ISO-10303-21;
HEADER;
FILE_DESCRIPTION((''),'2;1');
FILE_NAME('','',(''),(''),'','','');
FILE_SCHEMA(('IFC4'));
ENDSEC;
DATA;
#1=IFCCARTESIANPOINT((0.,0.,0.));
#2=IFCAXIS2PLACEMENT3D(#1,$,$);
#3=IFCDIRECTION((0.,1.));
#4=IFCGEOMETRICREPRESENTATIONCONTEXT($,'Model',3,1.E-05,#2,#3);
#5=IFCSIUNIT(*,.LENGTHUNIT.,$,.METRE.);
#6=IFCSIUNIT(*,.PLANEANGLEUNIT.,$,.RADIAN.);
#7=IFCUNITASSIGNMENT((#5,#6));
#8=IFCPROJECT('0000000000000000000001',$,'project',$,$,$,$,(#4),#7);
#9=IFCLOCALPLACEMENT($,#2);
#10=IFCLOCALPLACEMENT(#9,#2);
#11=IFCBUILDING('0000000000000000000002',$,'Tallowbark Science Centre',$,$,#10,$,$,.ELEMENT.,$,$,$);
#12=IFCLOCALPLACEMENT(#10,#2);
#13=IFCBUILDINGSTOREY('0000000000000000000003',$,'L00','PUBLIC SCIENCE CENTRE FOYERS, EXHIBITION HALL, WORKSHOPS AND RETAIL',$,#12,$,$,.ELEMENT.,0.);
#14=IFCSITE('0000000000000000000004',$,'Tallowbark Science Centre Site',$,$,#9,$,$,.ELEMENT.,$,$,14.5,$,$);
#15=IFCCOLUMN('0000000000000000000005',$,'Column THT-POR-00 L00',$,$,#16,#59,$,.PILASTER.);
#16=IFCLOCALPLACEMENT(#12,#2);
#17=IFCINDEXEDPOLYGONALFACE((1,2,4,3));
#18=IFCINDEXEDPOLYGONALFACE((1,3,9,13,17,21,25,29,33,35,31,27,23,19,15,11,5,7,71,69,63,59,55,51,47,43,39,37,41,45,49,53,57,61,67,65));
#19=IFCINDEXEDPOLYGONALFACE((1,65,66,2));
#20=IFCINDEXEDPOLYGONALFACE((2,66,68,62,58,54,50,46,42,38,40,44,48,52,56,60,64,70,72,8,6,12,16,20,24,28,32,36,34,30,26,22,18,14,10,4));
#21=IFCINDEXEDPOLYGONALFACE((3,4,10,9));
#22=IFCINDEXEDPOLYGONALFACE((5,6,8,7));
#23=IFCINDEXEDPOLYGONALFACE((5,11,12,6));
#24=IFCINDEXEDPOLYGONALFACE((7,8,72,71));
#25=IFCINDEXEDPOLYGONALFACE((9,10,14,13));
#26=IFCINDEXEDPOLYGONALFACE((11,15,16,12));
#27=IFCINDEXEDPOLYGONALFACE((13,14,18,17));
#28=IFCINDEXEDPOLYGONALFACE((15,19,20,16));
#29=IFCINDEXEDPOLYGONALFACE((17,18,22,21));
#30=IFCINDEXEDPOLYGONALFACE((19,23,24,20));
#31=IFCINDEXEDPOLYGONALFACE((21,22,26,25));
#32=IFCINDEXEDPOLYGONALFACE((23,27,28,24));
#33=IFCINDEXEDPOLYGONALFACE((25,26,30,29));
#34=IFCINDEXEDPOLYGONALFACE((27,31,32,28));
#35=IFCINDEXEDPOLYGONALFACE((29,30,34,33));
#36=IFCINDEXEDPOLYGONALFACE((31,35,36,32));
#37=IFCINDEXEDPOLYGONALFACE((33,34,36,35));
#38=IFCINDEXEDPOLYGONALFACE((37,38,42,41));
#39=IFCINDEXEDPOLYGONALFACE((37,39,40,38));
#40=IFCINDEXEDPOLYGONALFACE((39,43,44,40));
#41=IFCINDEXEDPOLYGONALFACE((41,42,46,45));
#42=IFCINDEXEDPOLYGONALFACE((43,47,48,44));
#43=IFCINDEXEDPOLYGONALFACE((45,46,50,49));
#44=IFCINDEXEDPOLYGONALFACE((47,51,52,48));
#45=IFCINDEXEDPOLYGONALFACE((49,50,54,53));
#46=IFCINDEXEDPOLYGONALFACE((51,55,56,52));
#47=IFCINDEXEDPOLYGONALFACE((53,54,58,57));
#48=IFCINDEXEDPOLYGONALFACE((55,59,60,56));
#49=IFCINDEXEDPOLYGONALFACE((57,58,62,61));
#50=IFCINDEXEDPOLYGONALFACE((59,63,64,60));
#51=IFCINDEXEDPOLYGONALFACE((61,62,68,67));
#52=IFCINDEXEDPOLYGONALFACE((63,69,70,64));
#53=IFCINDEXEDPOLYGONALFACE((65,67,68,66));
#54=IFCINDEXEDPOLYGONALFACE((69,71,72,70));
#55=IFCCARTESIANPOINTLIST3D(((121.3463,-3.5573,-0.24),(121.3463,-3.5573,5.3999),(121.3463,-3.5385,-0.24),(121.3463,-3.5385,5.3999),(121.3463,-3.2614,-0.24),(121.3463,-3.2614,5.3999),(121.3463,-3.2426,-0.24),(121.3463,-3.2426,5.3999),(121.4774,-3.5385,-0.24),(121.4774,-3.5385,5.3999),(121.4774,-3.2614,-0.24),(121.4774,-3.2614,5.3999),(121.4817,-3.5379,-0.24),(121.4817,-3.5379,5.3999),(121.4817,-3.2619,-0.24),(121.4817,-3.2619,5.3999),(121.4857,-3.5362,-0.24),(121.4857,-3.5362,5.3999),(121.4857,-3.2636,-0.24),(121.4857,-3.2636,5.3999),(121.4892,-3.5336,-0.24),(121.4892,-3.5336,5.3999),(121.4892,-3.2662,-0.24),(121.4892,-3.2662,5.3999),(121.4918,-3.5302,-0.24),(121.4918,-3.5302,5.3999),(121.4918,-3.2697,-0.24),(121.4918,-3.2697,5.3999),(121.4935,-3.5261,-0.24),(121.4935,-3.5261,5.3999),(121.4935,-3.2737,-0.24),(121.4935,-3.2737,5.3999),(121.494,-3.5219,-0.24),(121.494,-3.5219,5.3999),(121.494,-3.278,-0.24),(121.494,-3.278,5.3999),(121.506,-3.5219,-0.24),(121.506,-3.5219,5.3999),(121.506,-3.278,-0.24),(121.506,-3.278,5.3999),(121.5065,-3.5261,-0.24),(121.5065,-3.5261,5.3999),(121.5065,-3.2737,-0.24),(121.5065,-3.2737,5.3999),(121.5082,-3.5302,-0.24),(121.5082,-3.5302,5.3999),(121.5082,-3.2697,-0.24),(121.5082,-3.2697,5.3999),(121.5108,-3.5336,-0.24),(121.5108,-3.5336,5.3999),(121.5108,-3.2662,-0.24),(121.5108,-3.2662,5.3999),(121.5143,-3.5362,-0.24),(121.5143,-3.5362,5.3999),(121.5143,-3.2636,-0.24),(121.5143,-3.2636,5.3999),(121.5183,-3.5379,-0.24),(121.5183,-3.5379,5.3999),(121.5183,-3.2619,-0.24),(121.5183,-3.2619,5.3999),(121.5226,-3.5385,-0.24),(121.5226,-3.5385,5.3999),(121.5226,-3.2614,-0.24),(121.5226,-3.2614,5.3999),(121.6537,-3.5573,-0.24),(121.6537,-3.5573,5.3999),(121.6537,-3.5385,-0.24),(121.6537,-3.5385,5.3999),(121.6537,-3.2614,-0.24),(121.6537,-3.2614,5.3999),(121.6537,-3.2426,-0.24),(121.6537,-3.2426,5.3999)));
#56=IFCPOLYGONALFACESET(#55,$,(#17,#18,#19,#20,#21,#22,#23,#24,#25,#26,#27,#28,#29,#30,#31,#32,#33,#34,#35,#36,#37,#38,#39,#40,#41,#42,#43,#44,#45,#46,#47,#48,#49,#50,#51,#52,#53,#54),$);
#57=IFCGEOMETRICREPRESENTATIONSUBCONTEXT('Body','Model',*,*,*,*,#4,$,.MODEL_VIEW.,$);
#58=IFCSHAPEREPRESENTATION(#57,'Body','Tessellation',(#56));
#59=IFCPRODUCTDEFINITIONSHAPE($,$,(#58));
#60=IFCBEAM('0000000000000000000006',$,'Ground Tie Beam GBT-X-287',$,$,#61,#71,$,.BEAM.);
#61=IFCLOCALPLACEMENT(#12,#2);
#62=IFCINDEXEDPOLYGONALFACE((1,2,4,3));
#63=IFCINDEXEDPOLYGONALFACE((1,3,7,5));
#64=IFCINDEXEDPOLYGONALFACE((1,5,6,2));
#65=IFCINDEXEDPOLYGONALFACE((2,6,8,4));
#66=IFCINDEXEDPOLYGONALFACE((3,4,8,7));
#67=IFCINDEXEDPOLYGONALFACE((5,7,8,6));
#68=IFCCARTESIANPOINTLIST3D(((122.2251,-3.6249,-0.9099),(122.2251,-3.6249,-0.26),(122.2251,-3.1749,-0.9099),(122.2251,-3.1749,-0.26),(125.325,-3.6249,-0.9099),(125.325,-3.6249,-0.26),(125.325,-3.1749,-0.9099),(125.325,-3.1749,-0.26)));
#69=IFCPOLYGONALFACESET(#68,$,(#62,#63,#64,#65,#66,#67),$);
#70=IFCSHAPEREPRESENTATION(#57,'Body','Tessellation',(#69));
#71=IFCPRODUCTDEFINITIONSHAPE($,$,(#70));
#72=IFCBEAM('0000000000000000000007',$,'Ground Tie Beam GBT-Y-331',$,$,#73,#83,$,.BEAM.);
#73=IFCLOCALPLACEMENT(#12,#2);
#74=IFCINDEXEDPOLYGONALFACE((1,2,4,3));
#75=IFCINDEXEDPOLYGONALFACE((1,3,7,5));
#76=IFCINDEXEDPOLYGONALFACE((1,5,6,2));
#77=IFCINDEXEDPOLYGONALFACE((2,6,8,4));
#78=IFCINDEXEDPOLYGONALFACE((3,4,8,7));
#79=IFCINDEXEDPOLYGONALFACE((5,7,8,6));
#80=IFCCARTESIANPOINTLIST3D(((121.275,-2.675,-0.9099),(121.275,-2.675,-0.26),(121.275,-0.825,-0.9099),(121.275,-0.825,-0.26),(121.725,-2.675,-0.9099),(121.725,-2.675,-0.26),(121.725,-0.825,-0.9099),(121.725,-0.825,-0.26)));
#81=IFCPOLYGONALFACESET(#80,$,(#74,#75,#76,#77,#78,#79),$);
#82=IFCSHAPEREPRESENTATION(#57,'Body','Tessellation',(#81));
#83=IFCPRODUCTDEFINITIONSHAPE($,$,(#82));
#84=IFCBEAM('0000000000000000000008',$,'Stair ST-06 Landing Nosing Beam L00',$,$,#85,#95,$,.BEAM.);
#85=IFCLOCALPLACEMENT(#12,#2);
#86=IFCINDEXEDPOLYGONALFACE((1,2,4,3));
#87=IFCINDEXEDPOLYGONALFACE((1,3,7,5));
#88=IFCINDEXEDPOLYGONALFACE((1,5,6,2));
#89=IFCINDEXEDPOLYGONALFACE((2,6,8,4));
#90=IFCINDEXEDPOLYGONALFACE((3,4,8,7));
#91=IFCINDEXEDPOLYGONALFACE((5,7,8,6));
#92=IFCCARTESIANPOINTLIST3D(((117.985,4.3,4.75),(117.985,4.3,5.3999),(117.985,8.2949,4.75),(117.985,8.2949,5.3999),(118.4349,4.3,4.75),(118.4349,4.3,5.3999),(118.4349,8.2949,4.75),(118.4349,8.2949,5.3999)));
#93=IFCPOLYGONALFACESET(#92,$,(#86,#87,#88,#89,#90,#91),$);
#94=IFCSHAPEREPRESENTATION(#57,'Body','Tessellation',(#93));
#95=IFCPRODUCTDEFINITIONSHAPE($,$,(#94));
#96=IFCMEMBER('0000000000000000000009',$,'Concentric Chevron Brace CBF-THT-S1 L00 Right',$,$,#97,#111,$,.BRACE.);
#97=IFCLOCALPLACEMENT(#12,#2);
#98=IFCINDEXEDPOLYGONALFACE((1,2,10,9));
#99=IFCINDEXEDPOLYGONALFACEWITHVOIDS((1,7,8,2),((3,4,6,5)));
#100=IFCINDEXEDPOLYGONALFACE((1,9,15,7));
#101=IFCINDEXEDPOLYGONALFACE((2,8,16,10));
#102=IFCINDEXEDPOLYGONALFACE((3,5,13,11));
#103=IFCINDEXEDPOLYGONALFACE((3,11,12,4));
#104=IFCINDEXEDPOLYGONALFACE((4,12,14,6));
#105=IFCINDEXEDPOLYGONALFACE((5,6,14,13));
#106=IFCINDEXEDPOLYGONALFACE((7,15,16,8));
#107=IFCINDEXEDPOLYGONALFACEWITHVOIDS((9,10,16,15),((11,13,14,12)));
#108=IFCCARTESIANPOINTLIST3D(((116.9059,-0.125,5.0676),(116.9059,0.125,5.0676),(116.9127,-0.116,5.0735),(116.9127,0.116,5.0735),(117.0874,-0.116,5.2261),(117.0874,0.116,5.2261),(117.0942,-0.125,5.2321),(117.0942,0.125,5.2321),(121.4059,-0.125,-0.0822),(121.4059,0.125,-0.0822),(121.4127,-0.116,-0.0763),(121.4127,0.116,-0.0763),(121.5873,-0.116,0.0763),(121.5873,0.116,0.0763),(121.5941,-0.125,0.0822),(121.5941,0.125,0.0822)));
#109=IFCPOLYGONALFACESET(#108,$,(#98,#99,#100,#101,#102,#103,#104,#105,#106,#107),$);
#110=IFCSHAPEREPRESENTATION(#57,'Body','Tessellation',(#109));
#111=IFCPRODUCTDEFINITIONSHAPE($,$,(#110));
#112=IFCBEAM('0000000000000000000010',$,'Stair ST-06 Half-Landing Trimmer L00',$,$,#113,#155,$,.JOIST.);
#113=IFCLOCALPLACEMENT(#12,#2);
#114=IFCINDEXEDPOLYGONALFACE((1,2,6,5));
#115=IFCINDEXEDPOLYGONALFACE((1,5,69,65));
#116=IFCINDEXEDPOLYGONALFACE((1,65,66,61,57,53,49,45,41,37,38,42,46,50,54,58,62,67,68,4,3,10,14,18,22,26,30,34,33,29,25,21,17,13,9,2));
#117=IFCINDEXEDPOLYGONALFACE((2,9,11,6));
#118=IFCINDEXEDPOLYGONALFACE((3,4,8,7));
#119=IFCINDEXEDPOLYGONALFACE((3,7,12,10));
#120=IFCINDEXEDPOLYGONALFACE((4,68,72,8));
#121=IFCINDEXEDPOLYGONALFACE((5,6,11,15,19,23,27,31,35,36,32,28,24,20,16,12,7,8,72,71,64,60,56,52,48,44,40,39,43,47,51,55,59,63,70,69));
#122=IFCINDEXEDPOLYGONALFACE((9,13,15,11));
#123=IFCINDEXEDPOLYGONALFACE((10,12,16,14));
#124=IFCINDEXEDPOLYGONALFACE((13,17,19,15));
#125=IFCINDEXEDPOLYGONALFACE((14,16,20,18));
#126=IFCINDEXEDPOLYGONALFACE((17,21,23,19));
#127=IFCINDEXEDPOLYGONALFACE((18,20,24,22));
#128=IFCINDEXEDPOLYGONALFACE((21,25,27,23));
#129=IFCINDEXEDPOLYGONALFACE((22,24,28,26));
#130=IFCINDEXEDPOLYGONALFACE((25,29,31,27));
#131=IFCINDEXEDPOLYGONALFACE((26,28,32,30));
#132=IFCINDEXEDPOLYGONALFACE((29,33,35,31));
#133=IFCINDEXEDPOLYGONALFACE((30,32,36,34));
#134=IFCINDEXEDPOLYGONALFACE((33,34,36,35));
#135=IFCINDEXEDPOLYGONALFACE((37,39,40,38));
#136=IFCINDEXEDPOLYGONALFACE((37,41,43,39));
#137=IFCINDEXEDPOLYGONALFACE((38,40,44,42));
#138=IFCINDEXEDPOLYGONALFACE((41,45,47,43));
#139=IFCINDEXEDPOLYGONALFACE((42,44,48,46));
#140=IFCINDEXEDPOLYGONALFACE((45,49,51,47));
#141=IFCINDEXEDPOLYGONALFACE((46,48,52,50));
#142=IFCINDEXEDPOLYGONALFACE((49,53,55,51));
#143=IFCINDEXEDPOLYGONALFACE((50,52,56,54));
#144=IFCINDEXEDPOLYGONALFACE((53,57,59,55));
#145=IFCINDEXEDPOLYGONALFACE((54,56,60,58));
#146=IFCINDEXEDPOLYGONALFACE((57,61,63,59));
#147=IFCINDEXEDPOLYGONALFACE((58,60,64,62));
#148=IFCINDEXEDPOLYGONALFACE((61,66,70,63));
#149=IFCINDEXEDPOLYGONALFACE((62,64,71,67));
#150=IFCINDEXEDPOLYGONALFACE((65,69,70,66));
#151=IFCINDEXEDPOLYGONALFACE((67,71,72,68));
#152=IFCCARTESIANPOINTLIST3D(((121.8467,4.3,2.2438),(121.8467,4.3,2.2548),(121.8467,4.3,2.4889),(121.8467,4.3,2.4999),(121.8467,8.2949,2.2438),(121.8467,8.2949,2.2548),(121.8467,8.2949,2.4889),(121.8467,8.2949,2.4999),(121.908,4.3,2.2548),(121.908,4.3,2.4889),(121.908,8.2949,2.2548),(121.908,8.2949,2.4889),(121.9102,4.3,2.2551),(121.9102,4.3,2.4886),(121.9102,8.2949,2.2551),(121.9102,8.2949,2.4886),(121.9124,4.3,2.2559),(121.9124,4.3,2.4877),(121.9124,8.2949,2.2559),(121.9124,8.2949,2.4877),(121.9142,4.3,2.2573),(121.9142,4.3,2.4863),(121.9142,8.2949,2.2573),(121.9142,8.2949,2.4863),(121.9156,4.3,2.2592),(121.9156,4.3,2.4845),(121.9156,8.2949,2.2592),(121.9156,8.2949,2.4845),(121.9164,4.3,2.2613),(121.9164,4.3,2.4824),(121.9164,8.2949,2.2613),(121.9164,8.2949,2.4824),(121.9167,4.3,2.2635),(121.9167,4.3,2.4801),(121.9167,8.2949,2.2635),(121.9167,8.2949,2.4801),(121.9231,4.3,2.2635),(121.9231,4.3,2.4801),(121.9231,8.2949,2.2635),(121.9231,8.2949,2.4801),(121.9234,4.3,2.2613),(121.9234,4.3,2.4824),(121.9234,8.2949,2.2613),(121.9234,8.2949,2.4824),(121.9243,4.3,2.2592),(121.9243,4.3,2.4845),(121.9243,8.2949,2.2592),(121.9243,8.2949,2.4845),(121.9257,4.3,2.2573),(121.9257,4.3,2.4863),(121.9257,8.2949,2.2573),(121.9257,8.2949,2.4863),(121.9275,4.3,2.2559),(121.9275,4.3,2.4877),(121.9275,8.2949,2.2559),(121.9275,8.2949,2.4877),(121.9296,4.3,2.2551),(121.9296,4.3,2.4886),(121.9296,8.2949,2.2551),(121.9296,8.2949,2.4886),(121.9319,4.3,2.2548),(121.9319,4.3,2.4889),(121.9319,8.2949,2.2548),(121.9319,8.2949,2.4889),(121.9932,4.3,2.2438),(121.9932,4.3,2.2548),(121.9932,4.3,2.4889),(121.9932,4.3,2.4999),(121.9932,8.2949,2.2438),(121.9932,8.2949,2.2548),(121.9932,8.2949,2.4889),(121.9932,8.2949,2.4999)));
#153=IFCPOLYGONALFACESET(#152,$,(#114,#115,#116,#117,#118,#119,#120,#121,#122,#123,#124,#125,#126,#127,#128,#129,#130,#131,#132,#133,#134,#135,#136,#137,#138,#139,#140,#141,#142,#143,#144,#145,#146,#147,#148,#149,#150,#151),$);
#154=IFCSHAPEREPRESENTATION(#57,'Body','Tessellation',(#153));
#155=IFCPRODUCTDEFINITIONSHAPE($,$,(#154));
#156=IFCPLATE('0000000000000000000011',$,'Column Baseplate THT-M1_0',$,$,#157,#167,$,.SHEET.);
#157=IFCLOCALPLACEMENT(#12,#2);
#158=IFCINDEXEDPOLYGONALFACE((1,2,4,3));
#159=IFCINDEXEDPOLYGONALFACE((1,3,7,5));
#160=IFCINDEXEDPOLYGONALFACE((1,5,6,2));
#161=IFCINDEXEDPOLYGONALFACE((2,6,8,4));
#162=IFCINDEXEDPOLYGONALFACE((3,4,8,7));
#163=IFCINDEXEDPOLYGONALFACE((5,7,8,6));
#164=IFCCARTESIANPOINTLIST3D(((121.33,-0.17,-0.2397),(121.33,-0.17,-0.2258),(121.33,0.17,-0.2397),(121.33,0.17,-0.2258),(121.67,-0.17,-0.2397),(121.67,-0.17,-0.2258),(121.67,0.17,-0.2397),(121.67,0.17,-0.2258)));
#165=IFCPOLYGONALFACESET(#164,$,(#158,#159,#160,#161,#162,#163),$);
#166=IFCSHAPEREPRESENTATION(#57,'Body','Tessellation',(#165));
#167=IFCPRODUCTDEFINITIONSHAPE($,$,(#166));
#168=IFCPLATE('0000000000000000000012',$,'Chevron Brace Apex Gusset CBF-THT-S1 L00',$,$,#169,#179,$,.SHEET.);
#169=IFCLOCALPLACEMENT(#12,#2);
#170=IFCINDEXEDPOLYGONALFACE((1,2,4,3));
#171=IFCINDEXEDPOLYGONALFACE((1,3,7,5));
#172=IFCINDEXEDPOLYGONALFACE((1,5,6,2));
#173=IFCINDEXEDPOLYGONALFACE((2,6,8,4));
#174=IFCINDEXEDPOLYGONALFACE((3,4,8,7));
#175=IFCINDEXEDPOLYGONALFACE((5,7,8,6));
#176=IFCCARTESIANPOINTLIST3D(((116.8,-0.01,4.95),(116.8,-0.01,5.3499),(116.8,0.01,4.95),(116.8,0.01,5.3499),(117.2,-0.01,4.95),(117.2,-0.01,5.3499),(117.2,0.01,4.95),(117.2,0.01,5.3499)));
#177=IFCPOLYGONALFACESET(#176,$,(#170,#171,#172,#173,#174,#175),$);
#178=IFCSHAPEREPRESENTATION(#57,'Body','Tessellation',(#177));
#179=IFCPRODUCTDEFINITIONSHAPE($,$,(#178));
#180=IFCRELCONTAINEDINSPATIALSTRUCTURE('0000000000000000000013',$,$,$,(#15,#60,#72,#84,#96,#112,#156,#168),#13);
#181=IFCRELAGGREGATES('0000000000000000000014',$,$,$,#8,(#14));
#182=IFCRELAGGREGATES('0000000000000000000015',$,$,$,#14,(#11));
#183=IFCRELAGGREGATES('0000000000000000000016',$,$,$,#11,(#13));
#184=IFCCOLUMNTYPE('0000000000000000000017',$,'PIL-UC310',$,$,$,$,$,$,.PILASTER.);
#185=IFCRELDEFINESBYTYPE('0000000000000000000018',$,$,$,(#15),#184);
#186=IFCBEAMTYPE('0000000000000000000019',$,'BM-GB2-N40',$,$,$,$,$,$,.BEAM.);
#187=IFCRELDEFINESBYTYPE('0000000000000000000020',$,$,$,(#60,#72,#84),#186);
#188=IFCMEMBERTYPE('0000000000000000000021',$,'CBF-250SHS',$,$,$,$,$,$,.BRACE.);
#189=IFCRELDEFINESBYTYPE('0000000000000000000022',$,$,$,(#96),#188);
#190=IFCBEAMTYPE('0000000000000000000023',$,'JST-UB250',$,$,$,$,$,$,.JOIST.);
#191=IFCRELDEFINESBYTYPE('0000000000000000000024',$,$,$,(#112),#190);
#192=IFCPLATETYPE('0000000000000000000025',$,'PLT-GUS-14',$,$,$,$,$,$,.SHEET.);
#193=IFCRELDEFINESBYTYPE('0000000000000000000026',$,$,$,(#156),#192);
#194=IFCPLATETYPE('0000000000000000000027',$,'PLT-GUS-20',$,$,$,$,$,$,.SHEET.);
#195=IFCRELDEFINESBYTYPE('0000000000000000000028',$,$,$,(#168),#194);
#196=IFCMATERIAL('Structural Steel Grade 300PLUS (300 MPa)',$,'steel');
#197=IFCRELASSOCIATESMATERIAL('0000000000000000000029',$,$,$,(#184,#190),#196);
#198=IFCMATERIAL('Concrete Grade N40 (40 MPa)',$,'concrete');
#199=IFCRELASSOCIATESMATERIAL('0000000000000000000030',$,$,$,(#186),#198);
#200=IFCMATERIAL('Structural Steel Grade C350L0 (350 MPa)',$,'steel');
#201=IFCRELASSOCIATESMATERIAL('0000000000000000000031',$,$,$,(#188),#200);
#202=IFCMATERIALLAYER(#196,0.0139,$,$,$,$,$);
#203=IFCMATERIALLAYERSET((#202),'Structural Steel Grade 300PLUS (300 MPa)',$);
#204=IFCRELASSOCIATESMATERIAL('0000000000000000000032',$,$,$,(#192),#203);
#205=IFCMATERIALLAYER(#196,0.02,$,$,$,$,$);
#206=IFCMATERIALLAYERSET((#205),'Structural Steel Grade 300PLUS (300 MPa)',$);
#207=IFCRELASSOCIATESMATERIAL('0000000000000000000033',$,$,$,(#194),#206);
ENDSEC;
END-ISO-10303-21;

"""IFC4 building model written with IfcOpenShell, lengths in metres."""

from ifc_helpers import new_model, si_unit, direction, frame, origin, origin_2d, place, context, subcontext, project, spatial, rectangle, hollow_rectangle, i_section, extrude, material, layer, layer_set, material_profile, profile_set, type_object, element, save


model = new_model("IFC4")

# Units and contexts
model_context = context("Model", 3, precision=1e-05, world=origin(), true_north=direction((0.0, 1.0)))
body_context = subcontext(model_context, "Body", "Model", "MODEL_VIEW")
ifc_project = project(units=[si_unit("LENGTHUNIT", "METRE"), si_unit("PLANEANGLEUNIT", "RADIAN")], contexts=[model_context])

# Site, building, storey
site_placement = place(None, origin())
site = spatial("IfcSite", under=ifc_project, at=site_placement, Name="Tallowbark Science Centre Site", CompositionType="ELEMENT", RefElevation=14.5)
building_placement = place(site_placement, origin())
building = spatial("IfcBuilding", under=site, at=building_placement, Name="Tallowbark Science Centre", CompositionType="ELEMENT")
storey_placement = place(building_placement, origin())
storey = spatial("IfcBuildingStorey", under=building, at=storey_placement, Name="L00", Description="PUBLIC SCIENCE CENTRE FOYERS, EXHIBITION HALL, WORKSHOPS AND RETAIL", CompositionType="ELEMENT", Elevation=0.0)

# Shared definitions
ifc_material_1 = material(Name="Concrete Grade N40 (40 MPa)", Category="concrete")

# Column
ifc_material_2 = material(Name="Structural Steel Grade 300PLUS (300 MPa)", Category="steel")
ifc_material_profile_1 = material_profile(ifc_material_2, i_section(OverallWidth=0.3074, OverallDepth=0.3147, WebThickness=0.012, FlangeThickness=0.0188, FilletRadius=0.0166, at=origin_2d()), Name="310UC118")
ifc_profile_set_1 = profile_set([ifc_material_profile_1], Name="Structural Steel Grade 300PLUS (300 MPa)")
column_type_1 = type_object("IfcColumnType", Name="PIL-UC310", PredefinedType="PILASTER", material=ifc_profile_set_1)
column_1_placement = place(storey_placement, frame((121.5, -3.3999, -0.24), z_axis=(0.0, 0.0, 1.0), x_axis=(1.0, 0.0, 0.0)))
element("IfcColumn", 1, at=column_1_placement, inside=storey, type_object=column_type_1, Name="Column THT-POR-00 L00", PredefinedType="PILASTER", context=body_context, shape_type="SweptSolid", body=[
    extrude(i_section(OverallWidth=0.3074, OverallDepth=0.3147, WebThickness=0.012, FlangeThickness=0.0188, FilletRadius=0.0166, at=origin_2d()), origin(), (0.0, 0.0, 1.0), 5.6399),
])

# Beams
ifc_material_profile_2 = material_profile(ifc_material_1, rectangle(XDim=0.45, YDim=0.6499, at=origin_2d()), Name="RC450x650")
ifc_profile_set_2 = profile_set([ifc_material_profile_2], Name="Concrete Grade N40 (40 MPa)")
beam_type_1 = type_object("IfcBeamType", Name="BM-GB2-N40", PredefinedType="BEAM", material=ifc_profile_set_2)
beam_1_placement = place(storey_placement, frame((122.2251, -3.3999, -0.585), z_axis=(1.0, 0.0, 0.0), x_axis=(0.0, 1.0, 0.0)))
element("IfcBeam", 2, at=beam_1_placement, inside=storey, type_object=beam_type_1, Name="Ground Tie Beam GBT-X-287", PredefinedType="BEAM", context=body_context, shape_type="SweptSolid", body=[
    extrude(rectangle(XDim=0.45, YDim=0.6499, at=origin_2d()), origin(), (0.0, 0.0, 1.0), 3.0999),
])
beam_2_placement = place(storey_placement, frame((121.5, -2.675, -0.585), z_axis=(0.0, 1.0, 0.0), x_axis=(-1.0, 0.0, 0.0)))
element("IfcBeam", 3, at=beam_2_placement, inside=storey, type_object=beam_type_1, Name="Ground Tie Beam GBT-Y-331", PredefinedType="BEAM", context=body_context, shape_type="SweptSolid", body=[
    extrude(rectangle(XDim=0.45, YDim=0.6499, at=origin_2d()), origin(), (0.0, 0.0, 1.0), 1.8501),
])
beam_3_placement = place(storey_placement, frame((118.21, 4.3, 5.075), z_axis=(0.0, 1.0, 0.0), x_axis=(-1.0, 0.0, 0.0)))
element("IfcBeam", 4, at=beam_3_placement, inside=storey, type_object=beam_type_1, Name="Stair ST-06 Landing Nosing Beam L00", PredefinedType="BEAM", context=body_context, shape_type="SweptSolid", body=[
    extrude(rectangle(XDim=0.45, YDim=0.6499, at=origin_2d()), origin(), (0.0, 0.0, 1.0), 3.9949),
])

# Member
ifc_material_3 = material(Name="Structural Steel Grade C350L0 (350 MPa)", Category="steel")
ifc_material_profile_3 = material_profile(ifc_material_3, hollow_rectangle(XDim=0.25, YDim=0.25, WallThickness=0.009, at=origin_2d()), Name="250x250x9.0SHS")
ifc_profile_set_3 = profile_set([ifc_material_profile_3], Name="Structural Steel Grade C350L0 (350 MPa)")
member_type = type_object("IfcMemberType", Name="CBF-250SHS", PredefinedType="BRACE", material=ifc_profile_set_3)
member_placement = place(storey_placement, frame((121.5, 0.0, 0.0), z_axis=(-0.657994, 0.0, 0.753023), x_axis=(0.0, -1.0, 0.0)))
element("IfcMember", 5, at=member_placement, inside=storey, type_object=member_type, Name="Concentric Chevron Brace CBF-THT-S1 L00 Right", PredefinedType="BRACE", context=body_context, shape_type="SweptSolid", body=[
    extrude(hollow_rectangle(XDim=0.25, YDim=0.25, WallThickness=0.009, at=origin_2d()), origin(), (0.0, 0.0, 1.0), 6.8389),
])

# Beam
ifc_material_profile_4 = material_profile(ifc_material_2, i_section(OverallWidth=0.1465, OverallDepth=0.2561, WebThickness=0.0063, FlangeThickness=0.011, FilletRadius=0.0088, at=origin_2d()), Name="250UB37.3")
ifc_profile_set_4 = profile_set([ifc_material_profile_4], Name="Structural Steel Grade 300PLUS (300 MPa)")
beam_type_2 = type_object("IfcBeamType", Name="JST-UB250", PredefinedType="JOIST", material=ifc_profile_set_4)
beam_4_placement = place(storey_placement, frame((121.9199, 4.3, 2.3718), z_axis=(0.0, 1.0, 0.0), x_axis=(-1.0, 0.0, 0.0)))
element("IfcBeam", 6, at=beam_4_placement, inside=storey, type_object=beam_type_2, Name="Stair ST-06 Half-Landing Trimmer L00", PredefinedType="JOIST", context=body_context, shape_type="SweptSolid", body=[
    extrude(i_section(OverallWidth=0.1465, OverallDepth=0.2561, WebThickness=0.0063, FlangeThickness=0.011, FilletRadius=0.0088, at=origin_2d()), origin(), (0.0, 0.0, 1.0), 3.9949),
])

# Plates
ifc_layer_1 = layer(ifc_material_2, 0.0139)
ifc_layer_set_1 = layer_set([ifc_layer_1], Name="Structural Steel Grade 300PLUS (300 MPa)")
plate_type_1 = type_object("IfcPlateType", Name="PLT-GUS-14", PredefinedType="SHEET", material=ifc_layer_set_1)
plate_1_placement = place(storey_placement, frame((121.5, 0.0, -0.2397), z_axis=(0.0, 0.0, 1.0), x_axis=(1.0, 0.0, 0.0)))
element("IfcPlate", 7, at=plate_1_placement, inside=storey, type_object=plate_type_1, Name="Column Baseplate THT-M1_0", PredefinedType="SHEET", context=body_context, shape_type="SweptSolid", body=[
    extrude(rectangle(XDim=0.3401, YDim=0.3401, at=origin_2d()), origin(), (0.0, 0.0, 1.0), 0.0139),
])
ifc_layer_2 = layer(ifc_material_2, 0.02)
ifc_layer_set_2 = layer_set([ifc_layer_2], Name="Structural Steel Grade 300PLUS (300 MPa)")
plate_type_2 = type_object("IfcPlateType", Name="PLT-GUS-20", PredefinedType="SHEET", material=ifc_layer_set_2)
plate_2_placement = place(storey_placement, frame((117.0, 0.0, 4.95), z_axis=(0.0, 0.0, 1.0), x_axis=(1.0, 0.0, 0.0)))
element("IfcPlate", 8, at=plate_2_placement, inside=storey, type_object=plate_type_2, Name="Chevron Brace Apex Gusset CBF-THT-S1 L00", PredefinedType="SHEET", context=body_context, shape_type="SweptSolid", body=[
    extrude(rectangle(XDim=0.3999, YDim=0.02, at=origin_2d()), origin(), (0.0, 0.0, 1.0), 0.3999),
])

save(model, "model.ifc")
